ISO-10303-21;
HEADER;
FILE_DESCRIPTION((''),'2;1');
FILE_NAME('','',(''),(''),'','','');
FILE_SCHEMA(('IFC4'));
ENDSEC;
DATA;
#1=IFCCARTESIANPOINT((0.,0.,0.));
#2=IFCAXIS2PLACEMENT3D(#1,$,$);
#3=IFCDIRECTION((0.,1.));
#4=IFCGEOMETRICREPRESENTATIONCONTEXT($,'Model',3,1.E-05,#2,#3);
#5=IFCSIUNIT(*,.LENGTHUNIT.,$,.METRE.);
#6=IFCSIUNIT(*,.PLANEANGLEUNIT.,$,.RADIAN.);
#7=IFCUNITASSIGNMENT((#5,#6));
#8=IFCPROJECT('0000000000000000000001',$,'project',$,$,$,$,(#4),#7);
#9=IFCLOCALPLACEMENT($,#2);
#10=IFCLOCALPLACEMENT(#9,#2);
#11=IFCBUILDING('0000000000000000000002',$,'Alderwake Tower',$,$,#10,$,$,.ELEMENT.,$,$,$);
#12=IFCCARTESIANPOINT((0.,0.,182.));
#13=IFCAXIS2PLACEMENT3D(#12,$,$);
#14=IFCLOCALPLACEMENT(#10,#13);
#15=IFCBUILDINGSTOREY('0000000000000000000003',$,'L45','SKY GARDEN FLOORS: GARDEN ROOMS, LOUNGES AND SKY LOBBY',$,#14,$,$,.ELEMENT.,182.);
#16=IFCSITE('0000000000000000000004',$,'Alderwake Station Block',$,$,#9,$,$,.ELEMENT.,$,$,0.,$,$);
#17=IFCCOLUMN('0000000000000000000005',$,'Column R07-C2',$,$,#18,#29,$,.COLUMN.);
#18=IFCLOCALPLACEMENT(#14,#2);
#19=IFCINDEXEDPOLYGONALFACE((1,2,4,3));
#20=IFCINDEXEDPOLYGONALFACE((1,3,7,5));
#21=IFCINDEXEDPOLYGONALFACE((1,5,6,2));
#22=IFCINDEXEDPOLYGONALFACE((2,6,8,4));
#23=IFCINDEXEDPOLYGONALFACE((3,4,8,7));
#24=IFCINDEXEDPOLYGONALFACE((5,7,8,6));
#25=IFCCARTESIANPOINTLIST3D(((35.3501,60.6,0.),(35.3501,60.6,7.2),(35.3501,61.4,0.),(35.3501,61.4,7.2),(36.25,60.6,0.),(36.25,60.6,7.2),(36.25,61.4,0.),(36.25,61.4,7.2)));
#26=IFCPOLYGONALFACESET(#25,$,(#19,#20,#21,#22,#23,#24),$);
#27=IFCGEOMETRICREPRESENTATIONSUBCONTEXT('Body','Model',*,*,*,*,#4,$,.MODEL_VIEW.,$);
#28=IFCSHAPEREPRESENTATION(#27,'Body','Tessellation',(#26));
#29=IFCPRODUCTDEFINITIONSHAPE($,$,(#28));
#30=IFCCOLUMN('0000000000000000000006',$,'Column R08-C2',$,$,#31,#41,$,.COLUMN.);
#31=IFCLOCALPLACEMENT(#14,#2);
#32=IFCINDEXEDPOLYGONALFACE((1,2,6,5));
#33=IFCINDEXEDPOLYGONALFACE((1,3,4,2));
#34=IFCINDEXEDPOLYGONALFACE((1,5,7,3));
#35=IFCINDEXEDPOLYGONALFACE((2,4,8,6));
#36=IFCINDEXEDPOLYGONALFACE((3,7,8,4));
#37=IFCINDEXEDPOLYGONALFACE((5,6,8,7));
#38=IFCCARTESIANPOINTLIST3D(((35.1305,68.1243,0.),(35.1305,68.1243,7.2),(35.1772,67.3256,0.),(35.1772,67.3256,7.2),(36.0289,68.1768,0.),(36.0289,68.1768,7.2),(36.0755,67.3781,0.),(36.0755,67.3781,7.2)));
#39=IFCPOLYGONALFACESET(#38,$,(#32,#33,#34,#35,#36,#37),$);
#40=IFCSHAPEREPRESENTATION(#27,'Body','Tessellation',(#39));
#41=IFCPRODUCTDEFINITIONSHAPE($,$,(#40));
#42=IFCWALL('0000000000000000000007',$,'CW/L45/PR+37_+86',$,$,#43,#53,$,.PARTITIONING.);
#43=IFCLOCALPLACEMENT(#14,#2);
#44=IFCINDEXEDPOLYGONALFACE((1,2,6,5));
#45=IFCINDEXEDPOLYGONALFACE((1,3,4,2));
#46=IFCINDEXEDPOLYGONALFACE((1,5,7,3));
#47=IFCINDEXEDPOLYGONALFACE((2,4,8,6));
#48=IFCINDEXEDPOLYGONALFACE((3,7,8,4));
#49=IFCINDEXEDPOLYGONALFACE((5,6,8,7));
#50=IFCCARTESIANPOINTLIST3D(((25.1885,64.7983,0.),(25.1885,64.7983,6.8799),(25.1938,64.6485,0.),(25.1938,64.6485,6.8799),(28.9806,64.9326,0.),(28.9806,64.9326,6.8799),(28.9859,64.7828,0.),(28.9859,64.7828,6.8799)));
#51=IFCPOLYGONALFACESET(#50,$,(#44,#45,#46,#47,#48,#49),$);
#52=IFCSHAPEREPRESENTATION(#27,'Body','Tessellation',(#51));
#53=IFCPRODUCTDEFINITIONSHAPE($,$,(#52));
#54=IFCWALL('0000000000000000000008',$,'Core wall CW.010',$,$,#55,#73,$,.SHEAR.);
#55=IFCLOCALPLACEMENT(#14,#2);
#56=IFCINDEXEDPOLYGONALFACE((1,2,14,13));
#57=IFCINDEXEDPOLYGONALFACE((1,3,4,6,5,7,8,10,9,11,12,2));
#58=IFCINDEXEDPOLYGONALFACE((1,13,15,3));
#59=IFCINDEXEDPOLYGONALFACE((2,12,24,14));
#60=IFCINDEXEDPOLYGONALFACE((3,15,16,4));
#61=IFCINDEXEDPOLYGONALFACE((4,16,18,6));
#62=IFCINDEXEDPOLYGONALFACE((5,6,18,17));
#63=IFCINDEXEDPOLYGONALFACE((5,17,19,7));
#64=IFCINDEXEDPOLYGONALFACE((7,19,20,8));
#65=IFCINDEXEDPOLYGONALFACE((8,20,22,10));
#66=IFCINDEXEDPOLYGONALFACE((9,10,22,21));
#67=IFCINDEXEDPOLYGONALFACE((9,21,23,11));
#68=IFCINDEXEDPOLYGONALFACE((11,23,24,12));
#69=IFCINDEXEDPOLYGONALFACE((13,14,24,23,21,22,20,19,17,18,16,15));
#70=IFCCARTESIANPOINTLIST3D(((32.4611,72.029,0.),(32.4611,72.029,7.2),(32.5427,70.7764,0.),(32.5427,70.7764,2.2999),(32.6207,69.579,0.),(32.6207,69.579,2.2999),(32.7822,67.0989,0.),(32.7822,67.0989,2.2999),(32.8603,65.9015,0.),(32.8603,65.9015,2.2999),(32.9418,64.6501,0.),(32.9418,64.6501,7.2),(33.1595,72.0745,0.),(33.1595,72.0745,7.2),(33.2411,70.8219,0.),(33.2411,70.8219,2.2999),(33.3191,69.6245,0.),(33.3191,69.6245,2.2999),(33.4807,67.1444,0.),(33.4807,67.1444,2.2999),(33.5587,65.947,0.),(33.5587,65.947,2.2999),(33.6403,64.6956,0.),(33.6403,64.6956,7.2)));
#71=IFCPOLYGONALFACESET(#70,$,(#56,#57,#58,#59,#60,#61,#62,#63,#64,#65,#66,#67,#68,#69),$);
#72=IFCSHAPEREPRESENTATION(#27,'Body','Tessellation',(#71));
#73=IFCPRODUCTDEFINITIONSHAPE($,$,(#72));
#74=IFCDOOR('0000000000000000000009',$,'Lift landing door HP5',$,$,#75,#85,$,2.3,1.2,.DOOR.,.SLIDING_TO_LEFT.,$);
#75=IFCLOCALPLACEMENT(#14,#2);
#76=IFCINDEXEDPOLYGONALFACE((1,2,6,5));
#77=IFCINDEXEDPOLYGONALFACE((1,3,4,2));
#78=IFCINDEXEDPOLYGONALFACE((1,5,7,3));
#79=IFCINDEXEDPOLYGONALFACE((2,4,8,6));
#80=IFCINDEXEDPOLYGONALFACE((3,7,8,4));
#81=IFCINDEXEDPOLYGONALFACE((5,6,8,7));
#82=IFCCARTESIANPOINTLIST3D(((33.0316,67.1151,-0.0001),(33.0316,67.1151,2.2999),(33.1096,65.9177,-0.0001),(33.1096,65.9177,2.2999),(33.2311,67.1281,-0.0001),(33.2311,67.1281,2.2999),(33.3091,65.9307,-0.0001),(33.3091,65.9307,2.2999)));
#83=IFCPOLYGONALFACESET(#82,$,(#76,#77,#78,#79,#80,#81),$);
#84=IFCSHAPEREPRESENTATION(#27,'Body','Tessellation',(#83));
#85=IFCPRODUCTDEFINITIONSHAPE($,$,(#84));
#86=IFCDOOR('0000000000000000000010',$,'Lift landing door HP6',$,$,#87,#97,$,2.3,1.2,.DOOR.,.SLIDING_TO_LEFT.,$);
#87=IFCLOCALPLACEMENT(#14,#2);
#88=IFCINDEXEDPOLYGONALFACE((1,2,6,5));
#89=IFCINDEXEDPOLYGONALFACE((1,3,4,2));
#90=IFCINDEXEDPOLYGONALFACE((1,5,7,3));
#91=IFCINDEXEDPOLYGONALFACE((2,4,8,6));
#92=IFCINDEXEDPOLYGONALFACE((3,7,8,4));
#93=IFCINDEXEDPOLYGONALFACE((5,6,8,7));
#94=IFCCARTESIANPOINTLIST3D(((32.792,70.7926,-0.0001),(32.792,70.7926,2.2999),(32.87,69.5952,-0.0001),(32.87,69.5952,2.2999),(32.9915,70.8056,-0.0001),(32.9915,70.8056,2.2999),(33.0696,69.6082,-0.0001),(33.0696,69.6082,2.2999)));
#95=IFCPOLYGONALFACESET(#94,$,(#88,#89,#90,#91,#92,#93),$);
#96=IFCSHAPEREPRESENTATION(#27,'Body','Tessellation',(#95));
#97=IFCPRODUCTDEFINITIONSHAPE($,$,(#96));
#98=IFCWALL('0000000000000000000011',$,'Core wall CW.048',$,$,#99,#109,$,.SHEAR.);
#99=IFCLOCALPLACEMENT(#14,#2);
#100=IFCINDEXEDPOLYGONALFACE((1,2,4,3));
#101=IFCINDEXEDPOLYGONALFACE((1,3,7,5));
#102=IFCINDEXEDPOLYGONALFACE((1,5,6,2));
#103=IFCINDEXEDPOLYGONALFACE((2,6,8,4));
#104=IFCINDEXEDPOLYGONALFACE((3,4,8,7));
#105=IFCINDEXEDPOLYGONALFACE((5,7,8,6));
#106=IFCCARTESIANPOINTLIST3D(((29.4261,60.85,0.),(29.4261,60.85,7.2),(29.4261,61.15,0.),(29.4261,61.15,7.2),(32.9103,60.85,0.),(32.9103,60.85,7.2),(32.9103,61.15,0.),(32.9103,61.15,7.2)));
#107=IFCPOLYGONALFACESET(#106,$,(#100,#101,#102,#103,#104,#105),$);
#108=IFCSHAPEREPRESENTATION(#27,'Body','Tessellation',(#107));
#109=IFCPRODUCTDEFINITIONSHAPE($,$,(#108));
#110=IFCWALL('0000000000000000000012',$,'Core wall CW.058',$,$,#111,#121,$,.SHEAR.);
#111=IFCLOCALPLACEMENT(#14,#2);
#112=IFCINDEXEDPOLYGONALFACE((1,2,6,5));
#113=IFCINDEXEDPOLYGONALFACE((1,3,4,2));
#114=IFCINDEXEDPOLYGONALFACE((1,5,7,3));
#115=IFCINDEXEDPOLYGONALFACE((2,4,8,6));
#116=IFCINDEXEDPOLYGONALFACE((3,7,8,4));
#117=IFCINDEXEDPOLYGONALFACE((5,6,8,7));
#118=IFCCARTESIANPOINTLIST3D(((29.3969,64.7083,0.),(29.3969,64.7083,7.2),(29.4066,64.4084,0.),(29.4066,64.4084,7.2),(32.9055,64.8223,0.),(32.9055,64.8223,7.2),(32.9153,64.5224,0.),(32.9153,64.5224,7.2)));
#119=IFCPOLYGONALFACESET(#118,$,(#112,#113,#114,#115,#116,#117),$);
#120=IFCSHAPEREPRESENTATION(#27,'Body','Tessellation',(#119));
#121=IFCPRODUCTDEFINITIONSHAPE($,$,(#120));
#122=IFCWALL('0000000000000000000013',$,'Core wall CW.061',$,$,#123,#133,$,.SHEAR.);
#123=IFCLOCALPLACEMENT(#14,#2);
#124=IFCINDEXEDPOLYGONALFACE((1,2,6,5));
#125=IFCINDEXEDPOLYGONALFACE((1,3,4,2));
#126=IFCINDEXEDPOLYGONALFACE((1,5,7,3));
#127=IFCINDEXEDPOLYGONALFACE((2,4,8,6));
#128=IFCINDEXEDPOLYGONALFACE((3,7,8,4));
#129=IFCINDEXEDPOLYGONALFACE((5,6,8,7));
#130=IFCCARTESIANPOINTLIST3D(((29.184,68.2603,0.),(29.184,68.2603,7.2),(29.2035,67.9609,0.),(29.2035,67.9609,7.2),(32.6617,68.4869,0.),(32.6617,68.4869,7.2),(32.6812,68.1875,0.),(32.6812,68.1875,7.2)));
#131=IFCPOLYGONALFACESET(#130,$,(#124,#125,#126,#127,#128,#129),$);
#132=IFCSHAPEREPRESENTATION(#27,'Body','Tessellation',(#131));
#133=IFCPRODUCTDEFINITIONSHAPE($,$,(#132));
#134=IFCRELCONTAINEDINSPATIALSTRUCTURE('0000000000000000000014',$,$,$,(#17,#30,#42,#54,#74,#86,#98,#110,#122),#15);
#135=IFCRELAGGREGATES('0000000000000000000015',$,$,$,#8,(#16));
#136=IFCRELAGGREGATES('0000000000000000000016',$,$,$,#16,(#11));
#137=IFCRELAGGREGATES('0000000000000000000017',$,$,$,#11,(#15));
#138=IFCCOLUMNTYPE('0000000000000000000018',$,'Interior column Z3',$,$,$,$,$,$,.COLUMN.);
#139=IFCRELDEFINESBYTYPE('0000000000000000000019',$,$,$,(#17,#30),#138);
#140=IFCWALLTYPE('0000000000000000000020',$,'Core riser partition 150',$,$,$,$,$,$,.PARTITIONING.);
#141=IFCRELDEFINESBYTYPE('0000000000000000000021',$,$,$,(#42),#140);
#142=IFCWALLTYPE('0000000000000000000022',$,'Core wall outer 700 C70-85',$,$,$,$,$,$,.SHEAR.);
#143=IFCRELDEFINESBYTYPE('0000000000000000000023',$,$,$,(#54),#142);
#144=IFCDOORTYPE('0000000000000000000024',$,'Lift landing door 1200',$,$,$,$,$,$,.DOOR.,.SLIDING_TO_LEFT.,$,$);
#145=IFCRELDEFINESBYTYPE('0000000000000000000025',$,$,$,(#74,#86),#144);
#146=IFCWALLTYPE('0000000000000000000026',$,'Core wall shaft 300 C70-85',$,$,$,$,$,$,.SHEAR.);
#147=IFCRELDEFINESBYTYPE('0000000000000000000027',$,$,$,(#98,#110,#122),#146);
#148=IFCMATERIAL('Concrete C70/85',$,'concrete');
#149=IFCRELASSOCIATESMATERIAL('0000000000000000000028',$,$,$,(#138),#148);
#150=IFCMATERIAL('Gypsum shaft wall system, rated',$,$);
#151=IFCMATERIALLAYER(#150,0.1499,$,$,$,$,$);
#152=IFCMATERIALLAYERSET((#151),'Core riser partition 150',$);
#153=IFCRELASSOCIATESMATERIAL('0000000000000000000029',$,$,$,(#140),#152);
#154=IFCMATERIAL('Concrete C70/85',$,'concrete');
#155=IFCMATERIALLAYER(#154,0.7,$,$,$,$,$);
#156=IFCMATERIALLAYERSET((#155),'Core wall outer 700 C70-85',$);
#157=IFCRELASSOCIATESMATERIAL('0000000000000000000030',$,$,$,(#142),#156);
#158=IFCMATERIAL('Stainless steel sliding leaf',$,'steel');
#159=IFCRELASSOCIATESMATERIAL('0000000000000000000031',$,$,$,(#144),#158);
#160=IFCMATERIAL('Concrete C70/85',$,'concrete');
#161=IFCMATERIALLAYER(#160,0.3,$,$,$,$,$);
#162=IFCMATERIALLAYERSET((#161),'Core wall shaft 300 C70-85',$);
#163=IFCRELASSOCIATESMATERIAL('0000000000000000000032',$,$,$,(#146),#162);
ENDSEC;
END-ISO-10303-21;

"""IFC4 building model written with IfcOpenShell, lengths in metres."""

from ifc_helpers import new_model, si_unit, direction, frame, frame_2d, origin, origin_2d, place, context, subcontext, project, spatial, rectangle, extrude, material, layer, layer_set, material_profile, profile_set, type_object, element, fill, save


model = new_model("IFC4")

# Units and contexts
model_context = context("Model", 3, precision=1e-05, world=origin(), true_north=direction((0.0, 1.0)))
body_context = subcontext(model_context, "Body", "Model", "MODEL_VIEW")
ifc_project = project(units=[si_unit("LENGTHUNIT", "METRE"), si_unit("PLANEANGLEUNIT", "RADIAN")], contexts=[model_context])

# Site, building, storey
site_placement = place(None, origin())
site = spatial("IfcSite", under=ifc_project, at=site_placement, Name="Alderwake Station Block", CompositionType="ELEMENT", RefElevation=0.0)
building_placement = place(site_placement, origin())
building = spatial("IfcBuilding", under=site, at=building_placement, Name="Alderwake Tower", CompositionType="ELEMENT")
storey_placement = place(building_placement, frame((0.0, 0.0, 182.0)))
storey = spatial("IfcBuildingStorey", under=building, at=storey_placement, Name="L45", Description="SKY GARDEN FLOORS: GARDEN ROOMS, LOUNGES AND SKY LOBBY", CompositionType="ELEMENT", Elevation=182.0)

# Columns
ifc_material_1 = material(Name="Concrete C70/85", Category="concrete")
ifc_material_profile = material_profile(ifc_material_1, rectangle(XDim=0.8, YDim=0.8999, at=origin_2d()), Name="RC 900X800")
ifc_profile_set = profile_set([ifc_material_profile], Name="Concrete C70/85")
column_type = type_object("IfcColumnType", Name="Interior column Z3", PredefinedType="COLUMN", material=ifc_profile_set)
for number, where, z_axis, x_axis, name in (
    (1, (35.8, 61.0, 0.0), (0.0, 0.0, 1.0), (0.0, 1.0, 0.0), "Column R07-C2"),
    (2, (35.603, 67.7512, 0.0), (0.0, 0.0, 1.0), (-0.058301, 0.998299, 0.0), "Column R08-C2"),
):
    element("IfcColumn", number, at=place(storey_placement, frame(where, z_axis=z_axis, x_axis=x_axis)), inside=storey, type_object=column_type, Name=name, PredefinedType="COLUMN", context=body_context, shape_type="SweptSolid", body=[
        extrude(rectangle(XDim=0.8, YDim=0.8999, at=origin_2d()), origin(), (0.0, 0.0, 1.0), 7.2),
    ])

# Wall
ifc_material_2 = material(Name="Gypsum shaft wall system, rated")
ifc_layer_1 = layer(ifc_material_2, 0.1499)
ifc_layer_set_1 = layer_set([ifc_layer_1], Name="Core riser partition 150")
wall_type_1 = type_object("IfcWallType", Name="Core riser partition 150", PredefinedType="PARTITIONING", material=ifc_layer_set_1)
wall_1_placement = place(storey_placement, frame((25.1912, 64.7234, 0.0), z_axis=(0.0, 0.0, 1.0), x_axis=(0.999374, 0.035389, 0.0)))
element("IfcWall", 3, at=wall_1_placement, inside=storey, type_object=wall_type_1, Name="CW/L45/PR+37_+86", PredefinedType="PARTITIONING", context=body_context, shape_type="SweptSolid", body=[
    extrude(rectangle(XDim=3.7944, YDim=0.1499, at=frame_2d((1.8972, 0.0))), origin(), (0.0, 0.0, 1.0), 6.8799),
])

# Wall, openings, doors
ifc_material_3 = material(Name="Concrete C70/85", Category="concrete")
ifc_layer_2 = layer(ifc_material_3, 0.7)
ifc_layer_set_2 = layer_set([ifc_layer_2], Name="Core wall outer 700 C70-85")
wall_type_2 = type_object("IfcWallType", Name="Core wall outer 700 C70-85", PredefinedType="SHEAR", material=ifc_layer_set_2)
wall_2_placement = place(storey_placement, frame((33.291, 64.6729, 0.0), z_axis=(0.0, 0.0, 1.0), x_axis=(-0.065009, 0.997885, 0.0)))
wall_2 = element("IfcWall", 4, at=wall_2_placement, inside=storey, type_object=wall_type_2, Name="Core wall CW.010", PredefinedType="SHEAR", context=body_context, shape_type="SweptSolid", body=[
    extrude(rectangle(XDim=7.3945, YDim=0.7, at=frame_2d((3.6973, 0.0))), origin(), (0.0, 0.0, 1.0), 7.2),
])
opening_1_placement = place(wall_2_placement, frame((1.2539, 0.0, 0.0)))
opening_1 = element("IfcOpeningElement", 5, at=opening_1_placement, cuts=wall_2, PredefinedType="OPENING", context=body_context, shape_type="SweptSolid", body=[
    extrude(rectangle(XDim=1.2, YDim=2.3, at=frame_2d((0.6001, 1.1499))), frame((0.0, 0.3599, 0.0), z_axis=(0.0, -1.0, 0.0), x_axis=(1.0, 0.0, 0.0)), (0.0, 0.0, 1.0), 0.72),
])
opening_2_placement = place(wall_2_placement, frame((4.9392, 0.0, 0.0)))
opening_2 = element("IfcOpeningElement", 6, at=opening_2_placement, cuts=wall_2, PredefinedType="OPENING", context=body_context, shape_type="SweptSolid", body=[
    extrude(rectangle(XDim=1.2, YDim=2.3, at=frame_2d((0.6001, 1.1499))), frame((0.0, 0.3599, 0.0), z_axis=(0.0, -1.0, 0.0), x_axis=(1.0, 0.0, 0.0)), (0.0, 0.0, 1.0), 0.72),
])
ifc_material_4 = material(Name="Stainless steel sliding leaf", Category="steel")
door_type_1 = type_object("IfcDoorType", Name="Lift landing door 1200", OperationType="SLIDING_TO_LEFT", PredefinedType="DOOR", material=ifc_material_4)
door_1_placement = place(opening_1_placement, origin())
door_1 = element("IfcDoor", 7, at=door_1_placement, inside=storey, type_object=door_type_1, Name="Lift landing door HP5", OperationType="SLIDING_TO_LEFT", OverallHeight=2.3, OverallWidth=1.2, PredefinedType="DOOR", context=body_context, shape_type="SweptSolid", body=[
    extrude(rectangle(XDim=1.2, YDim=2.3, at=frame_2d((0.6001, 1.1499))), frame((0.0, 0.1001, 0.0), z_axis=(0.0, -1.0, 0.0), x_axis=(1.0, 0.0, 0.0)), (0.0, 0.0, 1.0), 0.2),
])
fill(opening_1, door_1)
door_2_placement = place(opening_2_placement, origin())
door_2 = element("IfcDoor", 8, at=door_2_placement, inside=storey, type_object=door_type_1, Name="Lift landing door HP6", OperationType="SLIDING_TO_LEFT", OverallHeight=2.3, OverallWidth=1.2, PredefinedType="DOOR", context=body_context, shape_type="SweptSolid", body=[
    extrude(rectangle(XDim=1.2, YDim=2.3, at=frame_2d((0.6001, 1.1499))), frame((0.0, 0.1001, 0.0), z_axis=(0.0, -1.0, 0.0), x_axis=(1.0, 0.0, 0.0)), (0.0, 0.0, 1.0), 0.2),
])
fill(opening_2, door_2)

# Walls
ifc_material_5 = material(Name="Concrete C70/85", Category="concrete")
ifc_layer_3 = layer(ifc_material_5, 0.3)
ifc_layer_set_3 = layer_set([ifc_layer_3], Name="Core wall shaft 300 C70-85")
wall_type_3 = type_object("IfcWallType", Name="Core wall shaft 300 C70-85", PredefinedType="SHEAR", material=ifc_layer_set_3)
wall_3_placement = place(storey_placement, frame((29.426, 61.0, 0.0), z_axis=(0.0, 0.0, 1.0), x_axis=(1.0, 0.0, 0.0)))
element("IfcWall", 9, at=wall_3_placement, inside=storey, type_object=wall_type_3, Name="Core wall CW.048", PredefinedType="SHEAR", context=body_context, shape_type="SweptSolid", body=[
    extrude(rectangle(XDim=3.4841, YDim=0.3, at=frame_2d((1.7422, 0.0))), origin(), (0.0, 0.0, 1.0), 7.2),
])
wall_4_placement = place(storey_placement, frame((29.4016, 64.5583, 0.0), z_axis=(0.0, 0.0, 1.0), x_axis=(0.999472, 0.032479, 0.0)))
element("IfcWall", 10, at=wall_4_placement, inside=storey, type_object=wall_type_3, Name="Core wall CW.058", PredefinedType="SHEAR", context=body_context, shape_type="SweptSolid", body=[
    extrude(rectangle(XDim=3.5105, YDim=0.3, at=frame_2d((1.7554, 0.0))), origin(), (0.0, 0.0, 1.0), 7.2),
])
wall_5_placement = place(storey_placement, frame((29.1936, 68.1106, 0.0), z_axis=(0.0, 0.0, 1.0), x_axis=(0.997885, 0.065008, 0.0)))
element("IfcWall", 11, at=wall_5_placement, inside=storey, type_object=wall_type_3, Name="Core wall CW.061", PredefinedType="SHEAR", context=body_context, shape_type="SweptSolid", body=[
    extrude(rectangle(XDim=3.4851, YDim=0.3, at=frame_2d((1.7427, 0.0))), origin(), (0.0, 0.0, 1.0), 7.2),
])

save(model, "model.ifc")
